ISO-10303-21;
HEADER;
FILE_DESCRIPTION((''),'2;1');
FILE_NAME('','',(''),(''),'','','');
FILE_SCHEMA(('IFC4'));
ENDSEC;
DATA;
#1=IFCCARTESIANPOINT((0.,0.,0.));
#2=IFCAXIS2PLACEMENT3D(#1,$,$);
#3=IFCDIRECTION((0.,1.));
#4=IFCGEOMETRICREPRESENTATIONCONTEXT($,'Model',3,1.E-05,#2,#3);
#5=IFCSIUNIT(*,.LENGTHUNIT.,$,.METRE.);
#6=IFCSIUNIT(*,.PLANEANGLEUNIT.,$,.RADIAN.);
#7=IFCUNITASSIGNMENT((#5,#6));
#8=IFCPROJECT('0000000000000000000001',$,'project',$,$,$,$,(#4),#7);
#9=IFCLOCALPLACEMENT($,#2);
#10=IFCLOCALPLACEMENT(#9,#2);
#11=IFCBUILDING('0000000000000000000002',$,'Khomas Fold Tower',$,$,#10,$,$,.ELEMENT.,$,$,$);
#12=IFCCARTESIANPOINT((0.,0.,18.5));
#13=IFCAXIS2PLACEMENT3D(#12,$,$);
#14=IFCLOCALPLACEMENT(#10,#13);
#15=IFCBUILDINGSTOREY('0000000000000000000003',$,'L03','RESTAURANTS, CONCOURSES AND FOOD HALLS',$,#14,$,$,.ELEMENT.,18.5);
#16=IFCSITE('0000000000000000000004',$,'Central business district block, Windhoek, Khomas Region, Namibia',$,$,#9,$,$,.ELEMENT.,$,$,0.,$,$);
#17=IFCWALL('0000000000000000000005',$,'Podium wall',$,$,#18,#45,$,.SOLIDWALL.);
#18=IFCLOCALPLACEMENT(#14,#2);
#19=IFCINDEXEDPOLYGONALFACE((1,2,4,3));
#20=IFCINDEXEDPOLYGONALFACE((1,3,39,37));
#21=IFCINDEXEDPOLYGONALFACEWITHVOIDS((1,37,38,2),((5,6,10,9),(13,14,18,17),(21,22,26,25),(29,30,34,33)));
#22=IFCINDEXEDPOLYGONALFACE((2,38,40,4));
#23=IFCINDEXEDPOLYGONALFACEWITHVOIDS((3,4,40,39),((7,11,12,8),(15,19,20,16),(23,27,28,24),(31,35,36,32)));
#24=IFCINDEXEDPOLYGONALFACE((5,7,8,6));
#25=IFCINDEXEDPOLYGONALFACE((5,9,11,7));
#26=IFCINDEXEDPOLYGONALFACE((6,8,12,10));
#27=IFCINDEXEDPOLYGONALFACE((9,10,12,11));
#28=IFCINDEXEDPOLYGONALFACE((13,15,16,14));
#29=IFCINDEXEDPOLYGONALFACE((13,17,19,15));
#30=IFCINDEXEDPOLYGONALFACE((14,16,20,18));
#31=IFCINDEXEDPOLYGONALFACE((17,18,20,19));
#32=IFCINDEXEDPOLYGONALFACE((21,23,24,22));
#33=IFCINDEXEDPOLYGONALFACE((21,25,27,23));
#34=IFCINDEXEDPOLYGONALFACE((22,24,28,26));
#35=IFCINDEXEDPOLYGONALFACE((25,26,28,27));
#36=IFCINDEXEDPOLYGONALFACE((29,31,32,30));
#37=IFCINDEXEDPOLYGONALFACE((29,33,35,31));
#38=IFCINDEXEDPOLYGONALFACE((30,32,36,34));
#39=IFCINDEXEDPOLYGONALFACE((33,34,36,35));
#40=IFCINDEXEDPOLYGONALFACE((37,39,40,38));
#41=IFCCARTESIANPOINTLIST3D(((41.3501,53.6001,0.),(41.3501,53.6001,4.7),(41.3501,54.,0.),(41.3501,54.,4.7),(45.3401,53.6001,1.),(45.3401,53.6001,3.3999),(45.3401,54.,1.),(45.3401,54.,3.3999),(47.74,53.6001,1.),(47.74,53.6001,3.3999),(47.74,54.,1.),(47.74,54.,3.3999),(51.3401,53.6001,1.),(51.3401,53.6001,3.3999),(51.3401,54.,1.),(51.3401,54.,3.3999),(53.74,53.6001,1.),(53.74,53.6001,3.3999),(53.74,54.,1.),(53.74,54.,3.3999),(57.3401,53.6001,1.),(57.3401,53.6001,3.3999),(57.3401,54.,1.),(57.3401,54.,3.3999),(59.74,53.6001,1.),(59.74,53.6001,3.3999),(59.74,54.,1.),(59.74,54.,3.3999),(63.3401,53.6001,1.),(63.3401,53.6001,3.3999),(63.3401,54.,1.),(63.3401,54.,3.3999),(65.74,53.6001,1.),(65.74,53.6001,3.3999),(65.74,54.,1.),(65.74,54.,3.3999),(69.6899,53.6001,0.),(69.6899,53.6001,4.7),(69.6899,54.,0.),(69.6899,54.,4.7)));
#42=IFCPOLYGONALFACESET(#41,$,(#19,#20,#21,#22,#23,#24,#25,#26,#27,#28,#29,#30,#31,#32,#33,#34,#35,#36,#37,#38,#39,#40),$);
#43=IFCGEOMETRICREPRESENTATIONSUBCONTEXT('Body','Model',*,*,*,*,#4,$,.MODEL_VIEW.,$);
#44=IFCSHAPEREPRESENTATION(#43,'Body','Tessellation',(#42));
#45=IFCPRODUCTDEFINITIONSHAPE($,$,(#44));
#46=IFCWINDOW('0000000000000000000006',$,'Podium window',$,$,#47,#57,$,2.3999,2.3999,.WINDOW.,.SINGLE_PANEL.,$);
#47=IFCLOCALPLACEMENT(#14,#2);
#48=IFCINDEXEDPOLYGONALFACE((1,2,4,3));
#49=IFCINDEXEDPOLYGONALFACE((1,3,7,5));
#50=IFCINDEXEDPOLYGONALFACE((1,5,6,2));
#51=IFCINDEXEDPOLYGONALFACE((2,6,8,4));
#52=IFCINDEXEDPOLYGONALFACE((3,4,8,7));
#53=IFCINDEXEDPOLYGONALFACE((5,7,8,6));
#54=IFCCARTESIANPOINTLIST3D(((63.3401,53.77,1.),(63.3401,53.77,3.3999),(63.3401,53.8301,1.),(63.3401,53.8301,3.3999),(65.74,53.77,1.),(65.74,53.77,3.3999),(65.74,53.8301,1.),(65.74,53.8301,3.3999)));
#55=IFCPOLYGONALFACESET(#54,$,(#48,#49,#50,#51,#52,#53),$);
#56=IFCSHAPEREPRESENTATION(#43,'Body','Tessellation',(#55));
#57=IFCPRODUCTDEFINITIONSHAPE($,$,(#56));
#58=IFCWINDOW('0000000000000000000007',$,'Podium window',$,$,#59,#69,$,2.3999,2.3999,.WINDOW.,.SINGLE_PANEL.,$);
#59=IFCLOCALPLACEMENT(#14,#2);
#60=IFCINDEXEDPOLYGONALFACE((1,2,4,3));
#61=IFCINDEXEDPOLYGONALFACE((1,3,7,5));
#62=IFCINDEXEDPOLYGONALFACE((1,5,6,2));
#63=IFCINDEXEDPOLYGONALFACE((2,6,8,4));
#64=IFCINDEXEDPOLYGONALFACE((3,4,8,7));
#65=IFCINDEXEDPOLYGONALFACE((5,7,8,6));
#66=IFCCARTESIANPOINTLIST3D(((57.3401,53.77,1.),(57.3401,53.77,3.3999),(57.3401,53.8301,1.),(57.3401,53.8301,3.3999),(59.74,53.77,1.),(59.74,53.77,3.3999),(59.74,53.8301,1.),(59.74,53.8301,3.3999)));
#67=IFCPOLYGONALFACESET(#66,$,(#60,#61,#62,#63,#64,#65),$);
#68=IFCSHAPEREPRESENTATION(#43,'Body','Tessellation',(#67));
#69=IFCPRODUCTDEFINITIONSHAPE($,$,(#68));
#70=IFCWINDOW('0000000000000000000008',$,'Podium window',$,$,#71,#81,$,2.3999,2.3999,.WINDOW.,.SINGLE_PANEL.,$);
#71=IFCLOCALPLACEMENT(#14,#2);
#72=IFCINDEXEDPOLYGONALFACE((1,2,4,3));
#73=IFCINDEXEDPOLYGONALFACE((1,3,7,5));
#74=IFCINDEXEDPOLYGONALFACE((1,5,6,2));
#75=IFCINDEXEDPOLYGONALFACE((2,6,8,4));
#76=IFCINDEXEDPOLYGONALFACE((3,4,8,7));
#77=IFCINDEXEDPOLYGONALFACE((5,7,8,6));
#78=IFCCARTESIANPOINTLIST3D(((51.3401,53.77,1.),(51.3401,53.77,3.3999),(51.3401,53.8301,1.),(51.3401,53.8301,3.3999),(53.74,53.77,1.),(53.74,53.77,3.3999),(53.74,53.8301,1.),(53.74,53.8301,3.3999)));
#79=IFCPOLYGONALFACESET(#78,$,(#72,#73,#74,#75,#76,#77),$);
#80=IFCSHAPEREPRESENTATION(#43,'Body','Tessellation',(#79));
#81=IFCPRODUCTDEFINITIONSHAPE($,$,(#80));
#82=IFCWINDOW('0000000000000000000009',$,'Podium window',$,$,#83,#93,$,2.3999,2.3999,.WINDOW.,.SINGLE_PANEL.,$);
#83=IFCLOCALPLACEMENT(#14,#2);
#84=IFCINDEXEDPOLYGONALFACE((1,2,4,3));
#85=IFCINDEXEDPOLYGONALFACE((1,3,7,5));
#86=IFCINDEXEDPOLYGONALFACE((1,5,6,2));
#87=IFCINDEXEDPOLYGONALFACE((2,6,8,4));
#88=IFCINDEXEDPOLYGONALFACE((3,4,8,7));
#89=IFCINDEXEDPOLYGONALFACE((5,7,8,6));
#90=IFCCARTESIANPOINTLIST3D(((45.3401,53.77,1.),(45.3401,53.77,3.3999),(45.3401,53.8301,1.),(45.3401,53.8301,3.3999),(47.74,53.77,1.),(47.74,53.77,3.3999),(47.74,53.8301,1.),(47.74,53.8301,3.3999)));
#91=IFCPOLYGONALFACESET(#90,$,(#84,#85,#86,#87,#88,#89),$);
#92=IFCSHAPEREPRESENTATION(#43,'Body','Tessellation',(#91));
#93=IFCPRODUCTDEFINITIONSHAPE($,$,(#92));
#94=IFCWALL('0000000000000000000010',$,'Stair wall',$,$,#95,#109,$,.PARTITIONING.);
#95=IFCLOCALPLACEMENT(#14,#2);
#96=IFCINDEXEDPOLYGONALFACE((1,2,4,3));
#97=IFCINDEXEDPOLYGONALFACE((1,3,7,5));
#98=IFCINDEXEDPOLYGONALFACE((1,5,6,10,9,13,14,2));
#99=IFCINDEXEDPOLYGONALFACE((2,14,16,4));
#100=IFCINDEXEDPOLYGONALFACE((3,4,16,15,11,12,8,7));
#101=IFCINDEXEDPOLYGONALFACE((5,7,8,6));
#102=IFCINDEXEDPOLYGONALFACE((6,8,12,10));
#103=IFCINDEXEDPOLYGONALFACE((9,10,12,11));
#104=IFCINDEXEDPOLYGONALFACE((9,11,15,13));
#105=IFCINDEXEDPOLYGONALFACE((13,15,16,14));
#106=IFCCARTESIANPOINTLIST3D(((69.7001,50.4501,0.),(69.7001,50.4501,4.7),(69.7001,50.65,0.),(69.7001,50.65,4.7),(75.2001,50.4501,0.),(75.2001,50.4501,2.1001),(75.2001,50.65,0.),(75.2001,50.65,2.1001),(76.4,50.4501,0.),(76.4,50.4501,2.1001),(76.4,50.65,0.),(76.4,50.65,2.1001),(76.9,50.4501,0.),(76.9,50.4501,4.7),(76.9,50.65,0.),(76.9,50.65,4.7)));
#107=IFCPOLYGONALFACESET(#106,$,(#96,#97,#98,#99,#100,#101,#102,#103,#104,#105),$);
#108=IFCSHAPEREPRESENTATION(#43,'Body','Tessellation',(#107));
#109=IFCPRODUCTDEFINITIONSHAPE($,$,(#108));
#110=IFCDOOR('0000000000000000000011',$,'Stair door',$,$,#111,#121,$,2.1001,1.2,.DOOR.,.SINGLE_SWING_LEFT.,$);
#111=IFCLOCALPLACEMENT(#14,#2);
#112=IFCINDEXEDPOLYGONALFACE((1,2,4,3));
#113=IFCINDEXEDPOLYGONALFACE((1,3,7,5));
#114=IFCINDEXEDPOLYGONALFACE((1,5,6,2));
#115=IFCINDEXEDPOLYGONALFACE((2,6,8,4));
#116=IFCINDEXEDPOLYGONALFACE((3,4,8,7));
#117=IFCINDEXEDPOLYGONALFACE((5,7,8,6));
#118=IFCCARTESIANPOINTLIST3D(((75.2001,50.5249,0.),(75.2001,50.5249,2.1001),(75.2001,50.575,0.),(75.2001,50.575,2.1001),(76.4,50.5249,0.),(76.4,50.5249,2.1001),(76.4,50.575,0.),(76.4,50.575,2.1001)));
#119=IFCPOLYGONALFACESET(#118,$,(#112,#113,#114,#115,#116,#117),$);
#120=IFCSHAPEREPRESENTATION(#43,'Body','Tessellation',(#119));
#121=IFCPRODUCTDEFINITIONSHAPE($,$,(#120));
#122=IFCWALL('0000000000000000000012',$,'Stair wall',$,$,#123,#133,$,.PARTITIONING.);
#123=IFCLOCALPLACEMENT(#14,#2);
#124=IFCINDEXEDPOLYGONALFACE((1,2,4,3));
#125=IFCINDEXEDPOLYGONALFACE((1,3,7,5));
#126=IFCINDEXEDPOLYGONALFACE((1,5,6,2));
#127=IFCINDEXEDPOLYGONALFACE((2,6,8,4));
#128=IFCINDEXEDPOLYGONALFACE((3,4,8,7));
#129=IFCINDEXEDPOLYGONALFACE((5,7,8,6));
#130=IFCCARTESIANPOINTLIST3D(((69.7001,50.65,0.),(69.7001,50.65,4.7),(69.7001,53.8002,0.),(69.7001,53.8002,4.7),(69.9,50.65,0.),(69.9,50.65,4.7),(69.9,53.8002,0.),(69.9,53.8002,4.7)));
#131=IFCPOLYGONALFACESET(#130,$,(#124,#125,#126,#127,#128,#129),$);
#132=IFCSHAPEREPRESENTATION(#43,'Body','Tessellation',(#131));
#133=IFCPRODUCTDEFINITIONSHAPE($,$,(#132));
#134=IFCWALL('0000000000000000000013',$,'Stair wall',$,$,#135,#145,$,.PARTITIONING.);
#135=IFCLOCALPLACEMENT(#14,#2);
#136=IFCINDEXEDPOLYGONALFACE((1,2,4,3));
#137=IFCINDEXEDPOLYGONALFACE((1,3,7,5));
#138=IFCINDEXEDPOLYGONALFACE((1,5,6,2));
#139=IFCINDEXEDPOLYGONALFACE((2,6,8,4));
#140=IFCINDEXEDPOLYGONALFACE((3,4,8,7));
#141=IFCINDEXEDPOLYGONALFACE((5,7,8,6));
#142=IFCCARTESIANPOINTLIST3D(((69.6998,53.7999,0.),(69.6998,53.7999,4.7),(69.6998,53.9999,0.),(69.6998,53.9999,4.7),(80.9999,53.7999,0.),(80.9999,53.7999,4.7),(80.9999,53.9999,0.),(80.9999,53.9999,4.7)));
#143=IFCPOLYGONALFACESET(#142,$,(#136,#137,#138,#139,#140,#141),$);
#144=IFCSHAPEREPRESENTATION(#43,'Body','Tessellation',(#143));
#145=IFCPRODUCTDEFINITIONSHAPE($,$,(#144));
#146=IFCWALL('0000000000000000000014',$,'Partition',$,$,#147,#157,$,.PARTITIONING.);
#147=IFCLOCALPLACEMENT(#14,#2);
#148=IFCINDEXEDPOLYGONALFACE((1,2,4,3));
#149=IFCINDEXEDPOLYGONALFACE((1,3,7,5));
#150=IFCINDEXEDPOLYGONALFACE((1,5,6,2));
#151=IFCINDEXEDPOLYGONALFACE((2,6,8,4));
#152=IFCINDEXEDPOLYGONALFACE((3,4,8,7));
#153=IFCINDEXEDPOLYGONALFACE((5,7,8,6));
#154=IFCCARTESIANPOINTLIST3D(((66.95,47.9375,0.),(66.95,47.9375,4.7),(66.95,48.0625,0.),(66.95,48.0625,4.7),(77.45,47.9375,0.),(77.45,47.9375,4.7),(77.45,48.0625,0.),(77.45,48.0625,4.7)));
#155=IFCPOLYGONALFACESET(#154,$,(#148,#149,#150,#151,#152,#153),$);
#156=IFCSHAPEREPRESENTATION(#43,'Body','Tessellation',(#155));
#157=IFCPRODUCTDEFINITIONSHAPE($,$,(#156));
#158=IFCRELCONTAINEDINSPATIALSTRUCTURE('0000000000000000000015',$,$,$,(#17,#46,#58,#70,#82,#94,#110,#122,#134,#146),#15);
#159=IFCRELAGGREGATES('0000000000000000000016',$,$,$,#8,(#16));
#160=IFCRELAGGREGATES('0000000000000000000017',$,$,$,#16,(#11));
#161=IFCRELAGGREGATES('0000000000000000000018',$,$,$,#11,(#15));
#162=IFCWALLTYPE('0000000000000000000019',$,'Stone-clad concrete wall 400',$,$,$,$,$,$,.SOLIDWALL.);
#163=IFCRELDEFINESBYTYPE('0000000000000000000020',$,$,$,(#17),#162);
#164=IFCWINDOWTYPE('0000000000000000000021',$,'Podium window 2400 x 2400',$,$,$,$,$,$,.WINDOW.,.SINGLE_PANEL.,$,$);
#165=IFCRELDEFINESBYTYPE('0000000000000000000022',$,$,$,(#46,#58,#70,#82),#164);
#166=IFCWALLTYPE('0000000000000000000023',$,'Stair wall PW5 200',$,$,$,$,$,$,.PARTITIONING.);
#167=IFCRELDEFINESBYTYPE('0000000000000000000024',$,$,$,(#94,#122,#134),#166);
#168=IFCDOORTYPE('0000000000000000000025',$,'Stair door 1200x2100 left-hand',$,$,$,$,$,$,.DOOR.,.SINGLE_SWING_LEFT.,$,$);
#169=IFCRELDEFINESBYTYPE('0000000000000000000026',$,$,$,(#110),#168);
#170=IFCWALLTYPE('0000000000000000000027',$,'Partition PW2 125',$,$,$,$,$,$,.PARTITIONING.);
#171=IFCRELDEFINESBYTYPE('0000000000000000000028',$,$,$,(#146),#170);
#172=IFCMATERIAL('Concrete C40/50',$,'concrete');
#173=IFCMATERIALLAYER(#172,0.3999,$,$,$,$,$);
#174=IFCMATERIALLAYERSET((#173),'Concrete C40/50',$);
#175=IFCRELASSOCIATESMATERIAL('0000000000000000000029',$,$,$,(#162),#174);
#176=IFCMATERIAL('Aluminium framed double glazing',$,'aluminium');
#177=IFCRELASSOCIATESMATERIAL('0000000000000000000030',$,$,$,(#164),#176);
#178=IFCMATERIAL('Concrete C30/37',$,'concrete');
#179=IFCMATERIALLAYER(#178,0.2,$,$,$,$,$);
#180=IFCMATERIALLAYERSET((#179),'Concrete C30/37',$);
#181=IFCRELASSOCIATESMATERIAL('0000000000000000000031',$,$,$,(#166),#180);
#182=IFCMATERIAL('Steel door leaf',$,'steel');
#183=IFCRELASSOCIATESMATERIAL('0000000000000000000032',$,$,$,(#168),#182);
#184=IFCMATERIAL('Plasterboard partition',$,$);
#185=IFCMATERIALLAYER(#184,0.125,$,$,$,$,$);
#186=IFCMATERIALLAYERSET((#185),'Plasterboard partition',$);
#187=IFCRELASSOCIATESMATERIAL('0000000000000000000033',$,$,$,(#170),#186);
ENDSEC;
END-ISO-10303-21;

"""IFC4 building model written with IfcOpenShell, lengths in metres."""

from ifc_helpers import new_model, si_unit, direction, frame, frame_2d, origin, place, context, subcontext, project, spatial, rectangle, extrude, source, transform, mapped, material, layer, layer_set, type_object, element, fill, save


model = new_model("IFC4")

# Units and contexts
model_context = context("Model", 3, precision=1e-05, world=origin(), true_north=direction((0.0, 1.0)))
body_context = subcontext(model_context, "Body", "Model", "MODEL_VIEW")
ifc_project = project(units=[si_unit("LENGTHUNIT", "METRE"), si_unit("PLANEANGLEUNIT", "RADIAN")], contexts=[model_context])

# Site, building, storey
site_placement = place(None, origin())
site = spatial("IfcSite", under=ifc_project, at=site_placement, Name="Central business district block, Windhoek, Khomas Region, Namibia", CompositionType="ELEMENT", RefElevation=0.0)
building_placement = place(site_placement, origin())
building = spatial("IfcBuilding", under=site, at=building_placement, Name="Khomas Fold Tower", CompositionType="ELEMENT")
storey_placement = place(building_placement, frame((0.0, 0.0, 18.5)))
storey = spatial("IfcBuildingStorey", under=building, at=storey_placement, Name="L03", Description="RESTAURANTS, CONCOURSES AND FOOD HALLS", CompositionType="ELEMENT", Elevation=18.5)

# Wall, openings, windows
ifc_material_1 = material(Name="Concrete C40/50", Category="concrete")
ifc_layer_1 = layer(ifc_material_1, 0.3999)
ifc_layer_set_1 = layer_set([ifc_layer_1], Name="Concrete C40/50")
wall_type_1 = type_object("IfcWallType", Name="Stone-clad concrete wall 400", PredefinedType="SOLIDWALL", material=ifc_layer_set_1)
shared_shape_1 = source(origin(), body_context, "Body", "SweptSolid", [
    extrude(rectangle(XDim=28.3398, YDim=0.3999, at=frame_2d((14.1699, 0.0))), origin(), (0.0, 0.0, 1.0), 4.7),
])
wall_1_placement = place(storey_placement, frame((69.6899, 53.8, 0.0), z_axis=(0.0, 0.0, 1.0), x_axis=(-1.0, 0.0, 0.0)))
wall_1 = element("IfcWall", 1, at=wall_1_placement, inside=storey, type_object=wall_type_1, Name="Podium wall", PredefinedType="SOLIDWALL", context=body_context, shape_type="MappedRepresentation", body=[
    mapped(shared_shape_1, transform((0.0, 0.0, 0.0))),
])
shared_shape_2 = source(origin(), body_context, "Body", "SweptSolid", [
    extrude(rectangle(XDim=2.3999, YDim=2.3999, at=frame_2d((1.2, 1.2))), frame((0.0, 0.21, 0.0), z_axis=(0.0, -1.0, 0.0), x_axis=(1.0, 0.0, 0.0)), (0.0, 0.0, 1.0), 0.4199),
])
opening_1_placement = place(wall_1_placement, frame((3.95, 0.0, 1.0)))
opening_1 = element("IfcOpeningElement", 2, at=opening_1_placement, cuts=wall_1, PredefinedType="OPENING", context=body_context, shape_type="MappedRepresentation", body=[
    mapped(shared_shape_2, transform((0.0, 0.0, 0.0))),
])
opening_2_placement = place(wall_1_placement, frame((9.95, 0.0, 1.0)))
opening_2 = element("IfcOpeningElement", 3, at=opening_2_placement, cuts=wall_1, PredefinedType="OPENING", context=body_context, shape_type="MappedRepresentation", body=[
    mapped(shared_shape_2, transform((0.0, 0.0, 0.0))),
])
opening_3_placement = place(wall_1_placement, frame((15.95, 0.0, 1.0)))
opening_3 = element("IfcOpeningElement", 4, at=opening_3_placement, cuts=wall_1, PredefinedType="OPENING", context=body_context, shape_type="MappedRepresentation", body=[
    mapped(shared_shape_2, transform((0.0, 0.0, 0.0))),
])
opening_4_placement = place(wall_1_placement, frame((21.95, 0.0, 1.0)))
opening_4 = element("IfcOpeningElement", 5, at=opening_4_placement, cuts=wall_1, PredefinedType="OPENING", context=body_context, shape_type="MappedRepresentation", body=[
    mapped(shared_shape_2, transform((0.0, 0.0, 0.0))),
])
ifc_material_2 = material(Name="Aluminium framed double glazing", Category="aluminium")
window_type = type_object("IfcWindowType", Name="Podium window 2400 x 2400", PartitioningType="SINGLE_PANEL", PredefinedType="WINDOW", material=ifc_material_2)
shared_shape_3 = source(origin(), body_context, "Body", "SweptSolid", [
    extrude(rectangle(XDim=2.3999, YDim=2.3999, at=frame_2d((1.2, 1.2))), frame((0.0, 0.03, 0.0), z_axis=(0.0, -1.0, 0.0), x_axis=(1.0, 0.0, 0.0)), (0.0, 0.0, 1.0), 0.0601),
])
window_1_placement = place(opening_1_placement, origin())
window_1 = element("IfcWindow", 6, at=window_1_placement, inside=storey, type_object=window_type, Name="Podium window", OverallHeight=2.3999, OverallWidth=2.3999, PartitioningType="SINGLE_PANEL", PredefinedType="WINDOW", context=body_context, shape_type="MappedRepresentation", body=[
    mapped(shared_shape_3, transform((0.0, 0.0, 0.0))),
])
fill(opening_1, window_1)
window_2_placement = place(opening_2_placement, origin())
window_2 = element("IfcWindow", 7, at=window_2_placement, inside=storey, type_object=window_type, Name="Podium window", OverallHeight=2.3999, OverallWidth=2.3999, PartitioningType="SINGLE_PANEL", PredefinedType="WINDOW", context=body_context, shape_type="MappedRepresentation", body=[
    mapped(shared_shape_3, transform((0.0, 0.0, 0.0))),
])
fill(opening_2, window_2)
window_3_placement = place(opening_3_placement, origin())
window_3 = element("IfcWindow", 8, at=window_3_placement, inside=storey, type_object=window_type, Name="Podium window", OverallHeight=2.3999, OverallWidth=2.3999, PartitioningType="SINGLE_PANEL", PredefinedType="WINDOW", context=body_context, shape_type="MappedRepresentation", body=[
    mapped(shared_shape_3, transform((0.0, 0.0, 0.0))),
])
fill(opening_3, window_3)
window_4_placement = place(opening_4_placement, origin())
window_4 = element("IfcWindow", 9, at=window_4_placement, inside=storey, type_object=window_type, Name="Podium window", OverallHeight=2.3999, OverallWidth=2.3999, PartitioningType="SINGLE_PANEL", PredefinedType="WINDOW", context=body_context, shape_type="MappedRepresentation", body=[
    mapped(shared_shape_3, transform((0.0, 0.0, 0.0))),
])
fill(opening_4, window_4)

# Wall, opening, door
ifc_material_3 = material(Name="Concrete C30/37", Category="concrete")
ifc_layer_2 = layer(ifc_material_3, 0.2)
ifc_layer_set_2 = layer_set([ifc_layer_2], Name="Concrete C30/37")
wall_type_2 = type_object("IfcWallType", Name="Stair wall PW5 200", PredefinedType="PARTITIONING", material=ifc_layer_set_2)
shared_shape_4 = source(origin(), body_context, "Body", "SweptSolid", [
    extrude(rectangle(XDim=7.2, YDim=0.2, at=frame_2d((3.6001, 0.0))), origin(), (0.0, 0.0, 1.0), 4.7),
])
wall_2_placement = place(storey_placement, frame((69.7, 50.55, 0.0), z_axis=(0.0, 0.0, 1.0), x_axis=(1.0, 0.0, 0.0)))
wall_2 = element("IfcWall", 10, at=wall_2_placement, inside=storey, type_object=wall_type_2, Name="Stair wall", PredefinedType="PARTITIONING", context=body_context, shape_type="MappedRepresentation", body=[
    mapped(shared_shape_4, transform((0.0, 0.0, 0.0))),
])
shared_shape_5 = source(origin(), body_context, "Body", "SweptSolid", [
    extrude(rectangle(XDim=1.2, YDim=2.1001, at=frame_2d((0.6001, 1.05))), frame((0.0, 0.1099, 0.0), z_axis=(0.0, -1.0, 0.0), x_axis=(1.0, 0.0, 0.0)), (0.0, 0.0, 1.0), 0.22),
])
opening_5_placement = place(wall_2_placement, frame((5.5, 0.0, 0.0)))
opening_5 = element("IfcOpeningElement", 11, at=opening_5_placement, cuts=wall_2, PredefinedType="OPENING", context=body_context, shape_type="MappedRepresentation", body=[
    mapped(shared_shape_5, transform((0.0, 0.0, 0.0))),
])
ifc_material_4 = material(Name="Steel door leaf", Category="steel")
door_type_1 = type_object("IfcDoorType", Name="Stair door 1200x2100 left-hand", OperationType="SINGLE_SWING_LEFT", PredefinedType="DOOR", material=ifc_material_4)
shared_shape_6 = source(origin(), body_context, "Body", "SweptSolid", [
    extrude(rectangle(XDim=1.2, YDim=2.1001, at=frame_2d((0.6001, 1.05))), frame((0.0, 0.0249, 0.0), z_axis=(0.0, -1.0, 0.0), x_axis=(1.0, 0.0, 0.0)), (0.0, 0.0, 1.0), 0.05),
])
door_1_placement = place(opening_5_placement, origin())
door_1 = element("IfcDoor", 12, at=door_1_placement, inside=storey, type_object=door_type_1, Name="Stair door", OperationType="SINGLE_SWING_LEFT", OverallHeight=2.1001, OverallWidth=1.2, PredefinedType="DOOR", context=body_context, shape_type="MappedRepresentation", body=[
    mapped(shared_shape_6, transform((0.0, 0.0, 0.0))),
])
fill(opening_5, door_1)

# Walls
shared_shape_7 = source(origin(), body_context, "Body", "SweptSolid", [
    extrude(rectangle(XDim=3.1501, YDim=0.2, at=frame_2d((1.5752, 0.0))), origin(), (0.0, 0.0, 1.0), 4.7),
])
wall_3_placement = place(storey_placement, frame((69.8, 50.6499, 0.0), z_axis=(0.0, 0.0, 1.0), x_axis=(0.0, 1.0, 0.0)))
element("IfcWall", 13, at=wall_3_placement, inside=storey, type_object=wall_type_2, Name="Stair wall", PredefinedType="PARTITIONING", context=body_context, shape_type="MappedRepresentation", body=[
    mapped(shared_shape_7, transform((0.0, 0.0, 0.0))),
])
shared_shape_8 = source(origin(), body_context, "Body", "SweptSolid", [
    extrude(rectangle(XDim=11.3, YDim=0.2, at=frame_2d((5.6499, 0.0))), origin(), (0.0, 0.0, 1.0), 4.7),
])
wall_4_placement = place(storey_placement, frame((69.7, 53.8999, 0.0), z_axis=(0.0, 0.0, 1.0), x_axis=(1.0, 0.0, 0.0)))
element("IfcWall", 14, at=wall_4_placement, inside=storey, type_object=wall_type_2, Name="Stair wall", PredefinedType="PARTITIONING", context=body_context, shape_type="MappedRepresentation", body=[
    mapped(shared_shape_8, transform((0.0, 0.0, 0.0))),
])
ifc_material_5 = material(Name="Plasterboard partition")
ifc_layer_3 = layer(ifc_material_5, 0.125)
ifc_layer_set_3 = layer_set([ifc_layer_3], Name="Plasterboard partition")
wall_type_3 = type_object("IfcWallType", Name="Partition PW2 125", PredefinedType="PARTITIONING", material=ifc_layer_set_3)
shared_shape_9 = source(origin(), body_context, "Body", "SweptSolid", [
    extrude(rectangle(XDim=10.5, YDim=0.125, at=frame_2d((5.25, 0.0))), origin(), (0.0, 0.0, 1.0), 4.7),
])
wall_5_placement = place(storey_placement, frame((66.95, 48.0, 0.0), z_axis=(0.0, 0.0, 1.0), x_axis=(1.0, 0.0, 0.0)))
element("IfcWall", 15, at=wall_5_placement, inside=storey, type_object=wall_type_3, Name="Partition", PredefinedType="PARTITIONING", context=body_context, shape_type="MappedRepresentation", body=[
    mapped(shared_shape_9, transform((0.0, 0.0, 0.0))),
])

save(model, "model.ifc")
